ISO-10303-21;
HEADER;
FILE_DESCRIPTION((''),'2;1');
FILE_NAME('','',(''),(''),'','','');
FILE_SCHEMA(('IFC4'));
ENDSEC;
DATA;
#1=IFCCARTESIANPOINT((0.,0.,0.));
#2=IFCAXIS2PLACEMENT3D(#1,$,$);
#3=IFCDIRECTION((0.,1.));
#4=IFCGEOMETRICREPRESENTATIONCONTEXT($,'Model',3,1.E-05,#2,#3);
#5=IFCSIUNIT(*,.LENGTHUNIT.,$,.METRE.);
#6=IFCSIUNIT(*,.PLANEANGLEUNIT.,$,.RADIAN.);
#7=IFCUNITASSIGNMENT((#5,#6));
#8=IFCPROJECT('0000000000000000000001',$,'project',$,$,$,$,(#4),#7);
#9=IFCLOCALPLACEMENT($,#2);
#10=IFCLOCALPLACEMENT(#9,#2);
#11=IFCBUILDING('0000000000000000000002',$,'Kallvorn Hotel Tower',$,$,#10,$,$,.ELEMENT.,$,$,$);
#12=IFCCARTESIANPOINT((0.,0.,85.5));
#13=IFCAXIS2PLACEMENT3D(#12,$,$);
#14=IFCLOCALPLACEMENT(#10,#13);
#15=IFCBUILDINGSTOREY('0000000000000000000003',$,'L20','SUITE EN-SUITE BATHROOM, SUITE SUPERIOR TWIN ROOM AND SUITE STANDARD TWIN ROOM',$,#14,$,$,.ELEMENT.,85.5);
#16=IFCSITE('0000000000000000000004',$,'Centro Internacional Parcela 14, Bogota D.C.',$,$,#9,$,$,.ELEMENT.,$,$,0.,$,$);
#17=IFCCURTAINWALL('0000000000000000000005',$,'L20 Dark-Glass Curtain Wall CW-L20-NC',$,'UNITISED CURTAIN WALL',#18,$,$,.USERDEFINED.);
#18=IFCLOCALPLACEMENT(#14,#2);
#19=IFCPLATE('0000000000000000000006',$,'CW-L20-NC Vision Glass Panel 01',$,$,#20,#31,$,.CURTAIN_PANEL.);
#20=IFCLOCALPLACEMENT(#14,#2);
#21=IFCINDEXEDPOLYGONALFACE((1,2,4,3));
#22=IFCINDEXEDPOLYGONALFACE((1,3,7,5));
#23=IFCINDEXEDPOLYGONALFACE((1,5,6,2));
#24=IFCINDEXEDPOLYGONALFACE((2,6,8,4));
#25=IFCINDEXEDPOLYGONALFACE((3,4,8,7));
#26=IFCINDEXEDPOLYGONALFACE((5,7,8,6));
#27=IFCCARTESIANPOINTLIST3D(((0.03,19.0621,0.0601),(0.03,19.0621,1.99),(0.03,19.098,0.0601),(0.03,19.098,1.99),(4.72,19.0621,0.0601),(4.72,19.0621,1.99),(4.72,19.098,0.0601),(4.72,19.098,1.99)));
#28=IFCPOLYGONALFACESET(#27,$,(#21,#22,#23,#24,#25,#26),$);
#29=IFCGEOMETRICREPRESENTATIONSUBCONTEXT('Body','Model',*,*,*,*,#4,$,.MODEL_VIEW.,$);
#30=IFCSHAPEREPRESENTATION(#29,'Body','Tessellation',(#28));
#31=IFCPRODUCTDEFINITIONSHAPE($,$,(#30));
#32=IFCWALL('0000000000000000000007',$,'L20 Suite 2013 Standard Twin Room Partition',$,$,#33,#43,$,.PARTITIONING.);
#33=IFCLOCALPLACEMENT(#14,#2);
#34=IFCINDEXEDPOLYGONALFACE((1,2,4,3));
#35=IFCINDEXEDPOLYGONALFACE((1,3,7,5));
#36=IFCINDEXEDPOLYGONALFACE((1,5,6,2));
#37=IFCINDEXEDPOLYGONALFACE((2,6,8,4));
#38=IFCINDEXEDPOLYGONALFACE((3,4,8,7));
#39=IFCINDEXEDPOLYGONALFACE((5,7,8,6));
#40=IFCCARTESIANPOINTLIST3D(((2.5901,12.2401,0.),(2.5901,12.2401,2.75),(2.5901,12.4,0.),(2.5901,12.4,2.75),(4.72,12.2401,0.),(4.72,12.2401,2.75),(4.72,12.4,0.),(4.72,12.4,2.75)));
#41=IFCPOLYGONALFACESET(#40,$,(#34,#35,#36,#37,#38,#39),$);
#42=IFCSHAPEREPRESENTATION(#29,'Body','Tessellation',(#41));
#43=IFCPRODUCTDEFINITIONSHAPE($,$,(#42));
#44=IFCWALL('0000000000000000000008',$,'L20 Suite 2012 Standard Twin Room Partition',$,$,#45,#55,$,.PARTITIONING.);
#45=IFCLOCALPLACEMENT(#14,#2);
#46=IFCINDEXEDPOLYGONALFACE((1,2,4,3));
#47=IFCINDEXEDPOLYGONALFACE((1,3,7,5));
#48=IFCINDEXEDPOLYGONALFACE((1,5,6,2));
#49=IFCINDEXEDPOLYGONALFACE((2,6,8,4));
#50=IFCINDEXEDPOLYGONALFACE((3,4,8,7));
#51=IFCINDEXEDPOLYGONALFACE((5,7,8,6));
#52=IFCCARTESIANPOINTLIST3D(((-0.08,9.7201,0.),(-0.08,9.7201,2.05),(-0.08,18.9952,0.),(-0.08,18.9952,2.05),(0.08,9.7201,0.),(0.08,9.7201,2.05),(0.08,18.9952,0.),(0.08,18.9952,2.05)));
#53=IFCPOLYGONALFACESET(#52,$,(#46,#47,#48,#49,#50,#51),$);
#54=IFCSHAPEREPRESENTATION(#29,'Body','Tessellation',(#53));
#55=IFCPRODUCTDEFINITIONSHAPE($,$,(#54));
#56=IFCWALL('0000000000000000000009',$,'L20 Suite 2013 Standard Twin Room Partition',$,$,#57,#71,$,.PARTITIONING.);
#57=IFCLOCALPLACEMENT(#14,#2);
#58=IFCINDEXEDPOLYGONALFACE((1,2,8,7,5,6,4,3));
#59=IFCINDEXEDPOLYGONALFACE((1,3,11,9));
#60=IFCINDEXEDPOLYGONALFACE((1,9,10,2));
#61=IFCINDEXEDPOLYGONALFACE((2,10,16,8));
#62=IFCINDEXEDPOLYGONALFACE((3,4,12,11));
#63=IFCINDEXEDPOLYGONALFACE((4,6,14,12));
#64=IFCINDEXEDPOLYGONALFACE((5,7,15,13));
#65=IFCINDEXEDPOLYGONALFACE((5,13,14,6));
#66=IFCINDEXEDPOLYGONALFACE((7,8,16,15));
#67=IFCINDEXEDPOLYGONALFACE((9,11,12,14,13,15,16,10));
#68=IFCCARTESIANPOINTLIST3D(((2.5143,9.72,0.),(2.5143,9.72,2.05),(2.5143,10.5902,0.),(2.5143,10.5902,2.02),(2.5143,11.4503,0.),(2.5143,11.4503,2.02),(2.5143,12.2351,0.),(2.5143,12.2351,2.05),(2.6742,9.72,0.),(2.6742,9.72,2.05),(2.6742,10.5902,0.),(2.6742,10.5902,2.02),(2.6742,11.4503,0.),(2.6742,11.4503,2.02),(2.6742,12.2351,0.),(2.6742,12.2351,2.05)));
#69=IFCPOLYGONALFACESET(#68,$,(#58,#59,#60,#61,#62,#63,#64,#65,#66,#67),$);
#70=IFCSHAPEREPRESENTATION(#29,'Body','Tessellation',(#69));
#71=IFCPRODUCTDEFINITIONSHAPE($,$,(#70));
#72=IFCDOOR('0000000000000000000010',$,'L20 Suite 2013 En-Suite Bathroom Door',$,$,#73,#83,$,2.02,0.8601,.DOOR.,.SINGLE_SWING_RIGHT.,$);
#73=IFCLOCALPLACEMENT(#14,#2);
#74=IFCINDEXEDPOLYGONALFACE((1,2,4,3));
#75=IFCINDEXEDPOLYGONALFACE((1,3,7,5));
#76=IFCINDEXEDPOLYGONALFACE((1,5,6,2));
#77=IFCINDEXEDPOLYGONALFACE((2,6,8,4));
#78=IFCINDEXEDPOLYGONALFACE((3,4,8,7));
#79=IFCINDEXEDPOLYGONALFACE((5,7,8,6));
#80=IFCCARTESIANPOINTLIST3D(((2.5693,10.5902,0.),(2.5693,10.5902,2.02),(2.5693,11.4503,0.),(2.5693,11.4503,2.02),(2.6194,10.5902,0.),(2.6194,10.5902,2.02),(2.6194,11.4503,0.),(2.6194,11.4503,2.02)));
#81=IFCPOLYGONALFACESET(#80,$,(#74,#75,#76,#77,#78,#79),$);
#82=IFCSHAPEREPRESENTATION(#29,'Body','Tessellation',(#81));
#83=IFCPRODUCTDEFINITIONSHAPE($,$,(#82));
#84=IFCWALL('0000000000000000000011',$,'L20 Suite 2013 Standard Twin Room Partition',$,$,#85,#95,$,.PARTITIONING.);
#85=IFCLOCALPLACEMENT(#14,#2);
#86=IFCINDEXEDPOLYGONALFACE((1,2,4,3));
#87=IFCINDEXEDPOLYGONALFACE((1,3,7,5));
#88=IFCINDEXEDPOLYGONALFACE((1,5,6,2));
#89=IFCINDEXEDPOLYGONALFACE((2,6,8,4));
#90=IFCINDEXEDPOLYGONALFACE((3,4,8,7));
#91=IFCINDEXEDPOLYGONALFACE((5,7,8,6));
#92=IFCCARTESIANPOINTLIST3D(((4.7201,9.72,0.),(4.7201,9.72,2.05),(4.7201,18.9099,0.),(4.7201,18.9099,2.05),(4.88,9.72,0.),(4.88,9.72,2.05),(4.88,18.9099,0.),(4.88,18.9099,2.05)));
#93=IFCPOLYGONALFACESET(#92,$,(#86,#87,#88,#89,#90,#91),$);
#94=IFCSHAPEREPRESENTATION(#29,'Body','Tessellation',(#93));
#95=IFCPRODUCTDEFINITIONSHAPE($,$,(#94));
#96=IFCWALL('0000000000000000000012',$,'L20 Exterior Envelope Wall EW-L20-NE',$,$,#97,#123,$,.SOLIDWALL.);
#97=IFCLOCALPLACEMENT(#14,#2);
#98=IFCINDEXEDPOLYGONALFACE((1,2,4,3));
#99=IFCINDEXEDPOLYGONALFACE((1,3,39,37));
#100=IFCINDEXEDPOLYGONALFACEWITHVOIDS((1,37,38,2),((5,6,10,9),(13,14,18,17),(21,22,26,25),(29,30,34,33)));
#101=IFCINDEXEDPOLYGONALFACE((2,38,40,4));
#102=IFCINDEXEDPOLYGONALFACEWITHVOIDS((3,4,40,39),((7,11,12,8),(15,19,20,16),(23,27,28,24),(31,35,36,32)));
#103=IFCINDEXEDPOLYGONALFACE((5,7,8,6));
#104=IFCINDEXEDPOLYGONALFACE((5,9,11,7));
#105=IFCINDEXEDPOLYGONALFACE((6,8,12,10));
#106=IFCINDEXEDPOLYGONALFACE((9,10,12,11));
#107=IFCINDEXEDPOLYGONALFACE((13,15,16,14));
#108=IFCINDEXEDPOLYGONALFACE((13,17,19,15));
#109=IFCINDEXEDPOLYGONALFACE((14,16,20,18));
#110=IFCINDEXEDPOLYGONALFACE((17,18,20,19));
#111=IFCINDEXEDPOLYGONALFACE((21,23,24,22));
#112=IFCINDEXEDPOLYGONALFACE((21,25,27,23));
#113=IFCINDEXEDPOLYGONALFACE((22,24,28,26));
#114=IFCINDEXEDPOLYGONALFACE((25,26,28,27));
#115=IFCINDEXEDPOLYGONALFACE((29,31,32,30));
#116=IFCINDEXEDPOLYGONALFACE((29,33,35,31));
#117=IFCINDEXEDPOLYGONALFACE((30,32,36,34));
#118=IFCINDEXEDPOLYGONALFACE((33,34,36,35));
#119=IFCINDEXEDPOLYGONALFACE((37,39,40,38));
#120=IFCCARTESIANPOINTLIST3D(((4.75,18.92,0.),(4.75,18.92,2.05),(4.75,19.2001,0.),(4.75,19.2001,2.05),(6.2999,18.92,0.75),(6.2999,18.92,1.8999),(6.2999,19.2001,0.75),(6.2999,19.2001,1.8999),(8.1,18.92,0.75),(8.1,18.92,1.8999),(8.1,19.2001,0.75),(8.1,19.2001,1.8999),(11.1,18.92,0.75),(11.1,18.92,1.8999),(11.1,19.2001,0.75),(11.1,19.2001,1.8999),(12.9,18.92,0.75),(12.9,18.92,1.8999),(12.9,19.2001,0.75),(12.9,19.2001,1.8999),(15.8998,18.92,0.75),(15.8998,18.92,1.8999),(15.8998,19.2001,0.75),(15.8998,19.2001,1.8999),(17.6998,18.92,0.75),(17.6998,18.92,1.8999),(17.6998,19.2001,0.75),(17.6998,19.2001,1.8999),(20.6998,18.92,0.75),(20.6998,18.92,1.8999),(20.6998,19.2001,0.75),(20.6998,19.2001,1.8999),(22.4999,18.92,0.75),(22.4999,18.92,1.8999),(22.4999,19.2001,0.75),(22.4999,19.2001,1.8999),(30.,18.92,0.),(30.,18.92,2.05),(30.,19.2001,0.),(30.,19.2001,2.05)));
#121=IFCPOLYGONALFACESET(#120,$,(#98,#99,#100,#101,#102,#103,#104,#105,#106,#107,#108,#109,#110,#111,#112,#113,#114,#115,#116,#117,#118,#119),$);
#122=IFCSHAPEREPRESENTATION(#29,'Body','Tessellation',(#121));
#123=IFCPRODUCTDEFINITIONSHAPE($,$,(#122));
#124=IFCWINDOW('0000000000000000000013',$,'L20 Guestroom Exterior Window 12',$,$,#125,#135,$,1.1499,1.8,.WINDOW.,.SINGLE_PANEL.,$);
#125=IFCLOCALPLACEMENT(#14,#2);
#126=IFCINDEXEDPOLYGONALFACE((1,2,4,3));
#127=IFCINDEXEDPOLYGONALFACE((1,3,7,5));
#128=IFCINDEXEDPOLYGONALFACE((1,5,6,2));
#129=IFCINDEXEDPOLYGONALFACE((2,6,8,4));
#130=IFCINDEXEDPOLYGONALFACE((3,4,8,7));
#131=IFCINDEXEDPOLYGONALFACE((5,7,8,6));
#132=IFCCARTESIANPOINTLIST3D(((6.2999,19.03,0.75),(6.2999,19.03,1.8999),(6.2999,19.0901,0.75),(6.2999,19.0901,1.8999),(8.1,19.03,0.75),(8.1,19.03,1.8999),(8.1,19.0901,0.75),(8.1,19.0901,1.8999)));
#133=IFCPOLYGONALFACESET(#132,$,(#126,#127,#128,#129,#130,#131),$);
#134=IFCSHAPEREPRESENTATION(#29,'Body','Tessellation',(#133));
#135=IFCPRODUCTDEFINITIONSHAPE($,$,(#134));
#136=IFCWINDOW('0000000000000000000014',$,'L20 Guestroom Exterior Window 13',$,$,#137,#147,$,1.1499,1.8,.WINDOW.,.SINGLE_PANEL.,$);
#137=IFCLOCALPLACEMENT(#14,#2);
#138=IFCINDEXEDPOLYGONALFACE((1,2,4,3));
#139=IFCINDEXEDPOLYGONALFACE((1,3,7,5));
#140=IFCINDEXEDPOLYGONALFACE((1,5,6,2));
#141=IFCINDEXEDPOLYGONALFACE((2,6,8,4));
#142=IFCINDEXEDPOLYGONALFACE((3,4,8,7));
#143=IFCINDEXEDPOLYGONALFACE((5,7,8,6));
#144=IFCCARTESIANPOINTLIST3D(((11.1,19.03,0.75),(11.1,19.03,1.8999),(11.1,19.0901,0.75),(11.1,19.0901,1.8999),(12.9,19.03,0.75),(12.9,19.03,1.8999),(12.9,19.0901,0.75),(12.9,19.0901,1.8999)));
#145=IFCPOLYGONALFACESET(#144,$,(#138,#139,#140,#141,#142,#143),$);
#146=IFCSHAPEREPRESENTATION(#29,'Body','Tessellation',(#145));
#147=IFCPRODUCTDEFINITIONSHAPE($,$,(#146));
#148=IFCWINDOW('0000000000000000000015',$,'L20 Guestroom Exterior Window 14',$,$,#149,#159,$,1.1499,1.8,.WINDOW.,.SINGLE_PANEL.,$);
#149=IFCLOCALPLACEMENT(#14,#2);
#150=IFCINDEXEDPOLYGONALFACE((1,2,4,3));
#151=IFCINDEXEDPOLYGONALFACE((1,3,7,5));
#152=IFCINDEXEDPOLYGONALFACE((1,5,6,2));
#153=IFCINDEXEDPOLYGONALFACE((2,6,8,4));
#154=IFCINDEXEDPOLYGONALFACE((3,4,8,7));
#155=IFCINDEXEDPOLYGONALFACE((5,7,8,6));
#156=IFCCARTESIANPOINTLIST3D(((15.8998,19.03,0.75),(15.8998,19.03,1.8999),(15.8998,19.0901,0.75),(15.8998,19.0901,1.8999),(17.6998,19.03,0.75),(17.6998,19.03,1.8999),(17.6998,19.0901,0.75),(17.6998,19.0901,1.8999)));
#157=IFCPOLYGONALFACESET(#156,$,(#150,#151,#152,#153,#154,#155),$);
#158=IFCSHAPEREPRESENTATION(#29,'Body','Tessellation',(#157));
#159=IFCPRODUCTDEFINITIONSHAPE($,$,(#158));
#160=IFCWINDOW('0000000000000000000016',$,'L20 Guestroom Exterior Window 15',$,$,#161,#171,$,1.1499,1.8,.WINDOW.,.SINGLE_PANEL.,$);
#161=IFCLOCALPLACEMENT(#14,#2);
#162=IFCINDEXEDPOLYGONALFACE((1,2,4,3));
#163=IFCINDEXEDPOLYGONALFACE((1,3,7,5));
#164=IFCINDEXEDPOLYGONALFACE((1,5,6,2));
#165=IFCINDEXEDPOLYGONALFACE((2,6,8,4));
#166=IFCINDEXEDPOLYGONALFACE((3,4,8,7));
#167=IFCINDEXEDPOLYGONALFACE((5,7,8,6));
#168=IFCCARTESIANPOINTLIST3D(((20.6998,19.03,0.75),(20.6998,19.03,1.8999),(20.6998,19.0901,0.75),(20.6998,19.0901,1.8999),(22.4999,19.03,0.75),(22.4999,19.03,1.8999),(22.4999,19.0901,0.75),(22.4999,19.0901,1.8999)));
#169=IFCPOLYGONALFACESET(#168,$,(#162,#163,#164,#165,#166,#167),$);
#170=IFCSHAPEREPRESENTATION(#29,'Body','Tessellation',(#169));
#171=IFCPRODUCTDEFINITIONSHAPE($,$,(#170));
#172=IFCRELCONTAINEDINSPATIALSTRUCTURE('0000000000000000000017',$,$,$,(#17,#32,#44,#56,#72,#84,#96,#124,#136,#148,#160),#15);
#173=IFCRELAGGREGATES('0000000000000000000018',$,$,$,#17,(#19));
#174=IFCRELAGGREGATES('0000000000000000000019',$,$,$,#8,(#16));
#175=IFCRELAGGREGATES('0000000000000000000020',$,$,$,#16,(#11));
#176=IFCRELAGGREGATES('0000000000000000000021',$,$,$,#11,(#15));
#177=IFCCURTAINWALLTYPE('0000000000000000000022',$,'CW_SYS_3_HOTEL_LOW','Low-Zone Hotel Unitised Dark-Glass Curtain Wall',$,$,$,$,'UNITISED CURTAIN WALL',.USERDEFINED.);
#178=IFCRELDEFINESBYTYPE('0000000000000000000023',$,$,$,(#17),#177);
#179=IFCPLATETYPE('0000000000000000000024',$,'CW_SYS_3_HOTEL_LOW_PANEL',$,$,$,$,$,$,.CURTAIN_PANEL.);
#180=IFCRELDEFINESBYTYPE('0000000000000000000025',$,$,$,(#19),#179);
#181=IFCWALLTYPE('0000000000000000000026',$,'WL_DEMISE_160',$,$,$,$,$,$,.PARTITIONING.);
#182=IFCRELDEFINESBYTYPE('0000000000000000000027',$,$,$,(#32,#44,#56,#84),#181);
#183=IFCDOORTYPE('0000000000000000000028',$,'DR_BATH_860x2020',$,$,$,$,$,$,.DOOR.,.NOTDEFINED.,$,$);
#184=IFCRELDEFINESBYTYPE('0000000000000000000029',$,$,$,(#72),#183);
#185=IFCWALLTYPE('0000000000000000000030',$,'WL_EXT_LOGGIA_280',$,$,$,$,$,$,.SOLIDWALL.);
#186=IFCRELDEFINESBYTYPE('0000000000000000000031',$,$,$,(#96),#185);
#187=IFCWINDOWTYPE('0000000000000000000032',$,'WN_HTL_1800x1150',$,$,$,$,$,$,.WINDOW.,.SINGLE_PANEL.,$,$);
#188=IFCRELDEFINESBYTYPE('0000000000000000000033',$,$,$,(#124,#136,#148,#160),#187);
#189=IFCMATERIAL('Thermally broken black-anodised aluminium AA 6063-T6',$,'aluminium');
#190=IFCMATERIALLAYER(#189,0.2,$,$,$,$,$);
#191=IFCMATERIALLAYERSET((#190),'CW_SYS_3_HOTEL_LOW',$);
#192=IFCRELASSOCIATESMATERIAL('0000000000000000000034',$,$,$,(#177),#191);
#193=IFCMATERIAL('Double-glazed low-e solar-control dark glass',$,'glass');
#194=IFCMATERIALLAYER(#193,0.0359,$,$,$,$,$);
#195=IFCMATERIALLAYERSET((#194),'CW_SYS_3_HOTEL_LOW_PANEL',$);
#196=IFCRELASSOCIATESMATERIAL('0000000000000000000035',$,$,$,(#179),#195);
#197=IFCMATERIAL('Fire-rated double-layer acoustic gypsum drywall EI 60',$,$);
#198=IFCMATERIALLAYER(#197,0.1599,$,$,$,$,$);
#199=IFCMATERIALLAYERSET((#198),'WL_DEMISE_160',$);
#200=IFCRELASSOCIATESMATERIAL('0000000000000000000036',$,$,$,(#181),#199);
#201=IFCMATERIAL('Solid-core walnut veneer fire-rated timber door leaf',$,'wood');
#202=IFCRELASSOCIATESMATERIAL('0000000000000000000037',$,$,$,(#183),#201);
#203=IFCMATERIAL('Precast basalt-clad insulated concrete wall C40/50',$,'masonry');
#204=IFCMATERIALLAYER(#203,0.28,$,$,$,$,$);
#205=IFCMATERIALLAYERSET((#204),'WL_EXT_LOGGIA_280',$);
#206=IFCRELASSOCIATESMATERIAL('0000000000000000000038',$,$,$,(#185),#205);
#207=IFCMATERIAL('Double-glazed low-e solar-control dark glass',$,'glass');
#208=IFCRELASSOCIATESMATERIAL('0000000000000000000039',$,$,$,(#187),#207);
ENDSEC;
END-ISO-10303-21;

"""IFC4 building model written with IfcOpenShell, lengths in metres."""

from ifc_helpers import new_model, si_unit, direction, frame, frame_2d, origin, origin_2d, place, context, subcontext, project, spatial, rectangle, extrude, material, layer, layer_set, type_object, element, fill, aggregate, save


model = new_model("IFC4")

# Units and contexts
model_context = context("Model", 3, precision=1e-05, world=origin(), true_north=direction((0.0, 1.0)))
body_context = subcontext(model_context, "Body", "Model", "MODEL_VIEW")
ifc_project = project(units=[si_unit("LENGTHUNIT", "METRE"), si_unit("PLANEANGLEUNIT", "RADIAN")], contexts=[model_context])

# Site, building, storey
site_placement = place(None, origin())
site = spatial("IfcSite", under=ifc_project, at=site_placement, Name="Centro Internacional Parcela 14, Bogota D.C.", CompositionType="ELEMENT", RefElevation=0.0)
building_placement = place(site_placement, origin())
building = spatial("IfcBuilding", under=site, at=building_placement, Name="Kallvorn Hotel Tower", CompositionType="ELEMENT")
storey_placement = place(building_placement, frame((0.0, 0.0, 85.5)))
storey = spatial("IfcBuildingStorey", under=building, at=storey_placement, Name="L20", Description="SUITE EN-SUITE BATHROOM, SUITE SUPERIOR TWIN ROOM AND SUITE STANDARD TWIN ROOM", CompositionType="ELEMENT", Elevation=85.5)

# Curtain wall, plate
ifc_material_1 = material(Name="Thermally broken black-anodised aluminium AA 6063-T6", Category="aluminium")
ifc_layer_1 = layer(ifc_material_1, 0.2)
ifc_layer_set_1 = layer_set([ifc_layer_1], Name="CW_SYS_3_HOTEL_LOW")
curtain_wall_type = type_object("IfcCurtainWallType", Name="CW_SYS_3_HOTEL_LOW", Description="Low-Zone Hotel Unitised Dark-Glass Curtain Wall", ElementType="UNITISED CURTAIN WALL", PredefinedType="USERDEFINED", material=ifc_layer_set_1)
curtain_wall_placement = place(storey_placement, origin())
curtain_wall = element("IfcCurtainWall", 1, at=curtain_wall_placement, inside=storey, type_object=curtain_wall_type, Name="L20 Dark-Glass Curtain Wall CW-L20-NC", ObjectType="UNITISED CURTAIN WALL", PredefinedType="USERDEFINED")
ifc_material_2 = material(Name="Double-glazed low-e solar-control dark glass", Category="glass")
ifc_layer_2 = layer(ifc_material_2, 0.0359)
ifc_layer_set_2 = layer_set([ifc_layer_2], Name="CW_SYS_3_HOTEL_LOW_PANEL")
plate_type = type_object("IfcPlateType", Name="CW_SYS_3_HOTEL_LOW_PANEL", PredefinedType="CURTAIN_PANEL", material=ifc_layer_set_2)
plate_placement = place(storey_placement, frame((2.375, 19.0801, 0.0601), z_axis=(0.0, 0.0, 1.0), x_axis=(1.0, 0.0, 0.0)))
plate = element("IfcPlate", 2, at=plate_placement, type_object=plate_type, Name="CW-L20-NC Vision Glass Panel 01", PredefinedType="CURTAIN_PANEL", context=body_context, shape_type="SweptSolid", body=[
    extrude(rectangle(XDim=4.6899, YDim=0.0359, at=origin_2d()), origin(), (0.0, 0.0, 1.0), 1.9299),
])
aggregate(curtain_wall, [plate])

# Walls
ifc_material_3 = material(Name="Fire-rated double-layer acoustic gypsum drywall EI 60")
ifc_layer_3 = layer(ifc_material_3, 0.1599)
ifc_layer_set_3 = layer_set([ifc_layer_3], Name="WL_DEMISE_160")
wall_type_1 = type_object("IfcWallType", Name="WL_DEMISE_160", PredefinedType="PARTITIONING", material=ifc_layer_set_3)
wall_1_placement = place(storey_placement, frame((2.5901, 12.3201, 0.0), z_axis=(0.0, 0.0, 1.0), x_axis=(1.0, 0.0, 0.0)))
element("IfcWall", 3, at=wall_1_placement, inside=storey, type_object=wall_type_1, Name="L20 Suite 2013 Standard Twin Room Partition", PredefinedType="PARTITIONING", context=body_context, shape_type="SweptSolid", body=[
    extrude(rectangle(XDim=2.1299, YDim=0.1599, at=frame_2d((1.0649, 0.0))), origin(), (0.0, 0.0, 1.0), 2.75),
])
wall_2_placement = place(storey_placement, frame((0.0, 9.72, 0.0), z_axis=(0.0, 0.0, 1.0), x_axis=(0.0, 1.0, 0.0)))
element("IfcWall", 4, at=wall_2_placement, inside=storey, type_object=wall_type_1, Name="L20 Suite 2012 Standard Twin Room Partition", PredefinedType="PARTITIONING", context=body_context, shape_type="SweptSolid", body=[
    extrude(rectangle(XDim=9.2751, YDim=0.1599, at=frame_2d((4.6377, 0.0))), origin(), (0.0, 0.0, 1.0), 2.05),
])

# Wall, opening, door
wall_3_placement = place(storey_placement, frame((2.5942, 9.72, 0.0), z_axis=(0.0, 0.0, 1.0), x_axis=(0.0, 1.0, 0.0)))
wall_3 = element("IfcWall", 5, at=wall_3_placement, inside=storey, type_object=wall_type_1, Name="L20 Suite 2013 Standard Twin Room Partition", PredefinedType="PARTITIONING", context=body_context, shape_type="SweptSolid", body=[
    extrude(rectangle(XDim=2.5151, YDim=0.1599, at=frame_2d((1.2576, 0.0))), origin(), (0.0, 0.0, 1.0), 2.05),
])
opening_1_placement = place(wall_3_placement, frame((0.8701, 0.0, 0.0)))
opening_1 = element("IfcOpeningElement", 6, at=opening_1_placement, cuts=wall_3, PredefinedType="OPENING", context=body_context, shape_type="SweptSolid", body=[
    extrude(rectangle(XDim=0.8601, YDim=2.02, at=frame_2d((0.4302, 1.01))), frame((0.0, 0.095, 0.0), z_axis=(0.0, -1.0, 0.0), x_axis=(1.0, 0.0, 0.0)), (0.0, 0.0, 1.0), 0.1899),
])
ifc_material_4 = material(Name="Solid-core walnut veneer fire-rated timber door leaf", Category="wood")
door_type = type_object("IfcDoorType", Name="DR_BATH_860x2020", OperationType="NOTDEFINED", PredefinedType="DOOR", material=ifc_material_4)
door_placement = place(opening_1_placement, origin())
door = element("IfcDoor", 7, at=door_placement, inside=storey, type_object=door_type, Name="L20 Suite 2013 En-Suite Bathroom Door", OperationType="SINGLE_SWING_RIGHT", OverallHeight=2.02, OverallWidth=0.8601, PredefinedType="DOOR", context=body_context, shape_type="SweptSolid", body=[
    extrude(rectangle(XDim=0.8601, YDim=2.02, at=frame_2d((0.4302, 1.01))), frame((0.0, 0.0249, 0.0), z_axis=(0.0, -1.0, 0.0), x_axis=(1.0, 0.0, 0.0)), (0.0, 0.0, 1.0), 0.05),
])
fill(opening_1, door)

# Wall
wall_4_placement = place(storey_placement, frame((4.8, 9.72, 0.0), z_axis=(0.0, 0.0, 1.0), x_axis=(0.0, 1.0, 0.0)))
element("IfcWall", 8, at=wall_4_placement, inside=storey, type_object=wall_type_1, Name="L20 Suite 2013 Standard Twin Room Partition", PredefinedType="PARTITIONING", context=body_context, shape_type="SweptSolid", body=[
    extrude(rectangle(XDim=9.1899, YDim=0.1599, at=frame_2d((4.595, 0.0))), origin(), (0.0, 0.0, 1.0), 2.05),
])

# Wall, openings, windows
ifc_material_5 = material(Name="Precast basalt-clad insulated concrete wall C40/50", Category="masonry")
ifc_layer_4 = layer(ifc_material_5, 0.28)
ifc_layer_set_4 = layer_set([ifc_layer_4], Name="WL_EXT_LOGGIA_280")
wall_type_2 = type_object("IfcWallType", Name="WL_EXT_LOGGIA_280", PredefinedType="SOLIDWALL", material=ifc_layer_set_4)
wall_5_placement = place(storey_placement, frame((4.75, 19.0601, 0.0), z_axis=(0.0, 0.0, 1.0), x_axis=(1.0, 0.0, 0.0)))
wall_5 = element("IfcWall", 9, at=wall_5_placement, inside=storey, type_object=wall_type_2, Name="L20 Exterior Envelope Wall EW-L20-NE", PredefinedType="SOLIDWALL", context=body_context, shape_type="SweptSolid", body=[
    extrude(rectangle(XDim=25.25, YDim=0.28, at=frame_2d((12.625, 0.0))), origin(), (0.0, 0.0, 1.0), 2.05),
])
opening_2_placement = place(wall_5_placement, frame((1.55, 0.0, 0.75)))
opening_2 = element("IfcOpeningElement", 10, at=opening_2_placement, cuts=wall_5, PredefinedType="OPENING", context=body_context, shape_type="SweptSolid", body=[
    extrude(rectangle(XDim=1.8, YDim=1.1499, at=frame_2d((0.8999, 0.575))), frame((0.0, 0.155, 0.0), z_axis=(0.0, -1.0, 0.0), x_axis=(1.0, 0.0, 0.0)), (0.0, 0.0, 1.0), 0.3101),
])
opening_3_placement = place(wall_5_placement, frame((6.3501, 0.0, 0.75)))
opening_3 = element("IfcOpeningElement", 11, at=opening_3_placement, cuts=wall_5, PredefinedType="OPENING", context=body_context, shape_type="SweptSolid", body=[
    extrude(rectangle(XDim=1.8, YDim=1.1499, at=frame_2d((0.8999, 0.575))), frame((0.0, 0.155, 0.0), z_axis=(0.0, -1.0, 0.0), x_axis=(1.0, 0.0, 0.0)), (0.0, 0.0, 1.0), 0.3101),
])
opening_4_placement = place(wall_5_placement, frame((11.1499, 0.0, 0.75)))
opening_4 = element("IfcOpeningElement", 12, at=opening_4_placement, cuts=wall_5, PredefinedType="OPENING", context=body_context, shape_type="SweptSolid", body=[
    extrude(rectangle(XDim=1.8, YDim=1.1499, at=frame_2d((0.8999, 0.575))), frame((0.0, 0.155, 0.0), z_axis=(0.0, -1.0, 0.0), x_axis=(1.0, 0.0, 0.0)), (0.0, 0.0, 1.0), 0.3101),
])
opening_5_placement = place(wall_5_placement, frame((15.95, 0.0, 0.75)))
opening_5 = element("IfcOpeningElement", 13, at=opening_5_placement, cuts=wall_5, PredefinedType="OPENING", context=body_context, shape_type="SweptSolid", body=[
    extrude(rectangle(XDim=1.8, YDim=1.1499, at=frame_2d((0.8999, 0.575))), frame((0.0, 0.155, 0.0), z_axis=(0.0, -1.0, 0.0), x_axis=(1.0, 0.0, 0.0)), (0.0, 0.0, 1.0), 0.3101),
])
ifc_material_6 = material(Name="Double-glazed low-e solar-control dark glass", Category="glass")
window_type = type_object("IfcWindowType", Name="WN_HTL_1800x1150", PartitioningType="SINGLE_PANEL", PredefinedType="WINDOW", material=ifc_material_6)
window_1_placement = place(opening_2_placement, origin())
window_1 = element("IfcWindow", 14, at=window_1_placement, inside=storey, type_object=window_type, Name="L20 Guestroom Exterior Window 12", OverallHeight=1.1499, OverallWidth=1.8, PartitioningType="SINGLE_PANEL", PredefinedType="WINDOW", context=body_context, shape_type="SweptSolid", body=[
    extrude(rectangle(XDim=1.8, YDim=1.1499, at=frame_2d((0.8999, 0.575))), frame((0.0, 0.03, 0.0), z_axis=(0.0, -1.0, 0.0), x_axis=(1.0, 0.0, 0.0)), (0.0, 0.0, 1.0), 0.0601),
])
fill(opening_2, window_1)
window_2_placement = place(opening_3_placement, origin())
window_2 = element("IfcWindow", 15, at=window_2_placement, inside=storey, type_object=window_type, Name="L20 Guestroom Exterior Window 13", OverallHeight=1.1499, OverallWidth=1.8, PartitioningType="SINGLE_PANEL", PredefinedType="WINDOW", context=body_context, shape_type="SweptSolid", body=[
    extrude(rectangle(XDim=1.8, YDim=1.1499, at=frame_2d((0.8999, 0.575))), frame((0.0, 0.03, 0.0), z_axis=(0.0, -1.0, 0.0), x_axis=(1.0, 0.0, 0.0)), (0.0, 0.0, 1.0), 0.0601),
])
fill(opening_3, window_2)
window_3_placement = place(opening_4_placement, origin())
window_3 = element("IfcWindow", 16, at=window_3_placement, inside=storey, type_object=window_type, Name="L20 Guestroom Exterior Window 14", OverallHeight=1.1499, OverallWidth=1.8, PartitioningType="SINGLE_PANEL", PredefinedType="WINDOW", context=body_context, shape_type="SweptSolid", body=[
    extrude(rectangle(XDim=1.8, YDim=1.1499, at=frame_2d((0.8999, 0.575))), frame((0.0, 0.03, 0.0), z_axis=(0.0, -1.0, 0.0), x_axis=(1.0, 0.0, 0.0)), (0.0, 0.0, 1.0), 0.0601),
])
fill(opening_4, window_3)
window_4_placement = place(opening_5_placement, origin())
window_4 = element("IfcWindow", 17, at=window_4_placement, inside=storey, type_object=window_type, Name="L20 Guestroom Exterior Window 15", OverallHeight=1.1499, OverallWidth=1.8, PartitioningType="SINGLE_PANEL", PredefinedType="WINDOW", context=body_context, shape_type="SweptSolid", body=[
    extrude(rectangle(XDim=1.8, YDim=1.1499, at=frame_2d((0.8999, 0.575))), frame((0.0, 0.03, 0.0), z_axis=(0.0, -1.0, 0.0), x_axis=(1.0, 0.0, 0.0)), (0.0, 0.0, 1.0), 0.0601),
])
fill(opening_5, window_4)

save(model, "model.ifc")
